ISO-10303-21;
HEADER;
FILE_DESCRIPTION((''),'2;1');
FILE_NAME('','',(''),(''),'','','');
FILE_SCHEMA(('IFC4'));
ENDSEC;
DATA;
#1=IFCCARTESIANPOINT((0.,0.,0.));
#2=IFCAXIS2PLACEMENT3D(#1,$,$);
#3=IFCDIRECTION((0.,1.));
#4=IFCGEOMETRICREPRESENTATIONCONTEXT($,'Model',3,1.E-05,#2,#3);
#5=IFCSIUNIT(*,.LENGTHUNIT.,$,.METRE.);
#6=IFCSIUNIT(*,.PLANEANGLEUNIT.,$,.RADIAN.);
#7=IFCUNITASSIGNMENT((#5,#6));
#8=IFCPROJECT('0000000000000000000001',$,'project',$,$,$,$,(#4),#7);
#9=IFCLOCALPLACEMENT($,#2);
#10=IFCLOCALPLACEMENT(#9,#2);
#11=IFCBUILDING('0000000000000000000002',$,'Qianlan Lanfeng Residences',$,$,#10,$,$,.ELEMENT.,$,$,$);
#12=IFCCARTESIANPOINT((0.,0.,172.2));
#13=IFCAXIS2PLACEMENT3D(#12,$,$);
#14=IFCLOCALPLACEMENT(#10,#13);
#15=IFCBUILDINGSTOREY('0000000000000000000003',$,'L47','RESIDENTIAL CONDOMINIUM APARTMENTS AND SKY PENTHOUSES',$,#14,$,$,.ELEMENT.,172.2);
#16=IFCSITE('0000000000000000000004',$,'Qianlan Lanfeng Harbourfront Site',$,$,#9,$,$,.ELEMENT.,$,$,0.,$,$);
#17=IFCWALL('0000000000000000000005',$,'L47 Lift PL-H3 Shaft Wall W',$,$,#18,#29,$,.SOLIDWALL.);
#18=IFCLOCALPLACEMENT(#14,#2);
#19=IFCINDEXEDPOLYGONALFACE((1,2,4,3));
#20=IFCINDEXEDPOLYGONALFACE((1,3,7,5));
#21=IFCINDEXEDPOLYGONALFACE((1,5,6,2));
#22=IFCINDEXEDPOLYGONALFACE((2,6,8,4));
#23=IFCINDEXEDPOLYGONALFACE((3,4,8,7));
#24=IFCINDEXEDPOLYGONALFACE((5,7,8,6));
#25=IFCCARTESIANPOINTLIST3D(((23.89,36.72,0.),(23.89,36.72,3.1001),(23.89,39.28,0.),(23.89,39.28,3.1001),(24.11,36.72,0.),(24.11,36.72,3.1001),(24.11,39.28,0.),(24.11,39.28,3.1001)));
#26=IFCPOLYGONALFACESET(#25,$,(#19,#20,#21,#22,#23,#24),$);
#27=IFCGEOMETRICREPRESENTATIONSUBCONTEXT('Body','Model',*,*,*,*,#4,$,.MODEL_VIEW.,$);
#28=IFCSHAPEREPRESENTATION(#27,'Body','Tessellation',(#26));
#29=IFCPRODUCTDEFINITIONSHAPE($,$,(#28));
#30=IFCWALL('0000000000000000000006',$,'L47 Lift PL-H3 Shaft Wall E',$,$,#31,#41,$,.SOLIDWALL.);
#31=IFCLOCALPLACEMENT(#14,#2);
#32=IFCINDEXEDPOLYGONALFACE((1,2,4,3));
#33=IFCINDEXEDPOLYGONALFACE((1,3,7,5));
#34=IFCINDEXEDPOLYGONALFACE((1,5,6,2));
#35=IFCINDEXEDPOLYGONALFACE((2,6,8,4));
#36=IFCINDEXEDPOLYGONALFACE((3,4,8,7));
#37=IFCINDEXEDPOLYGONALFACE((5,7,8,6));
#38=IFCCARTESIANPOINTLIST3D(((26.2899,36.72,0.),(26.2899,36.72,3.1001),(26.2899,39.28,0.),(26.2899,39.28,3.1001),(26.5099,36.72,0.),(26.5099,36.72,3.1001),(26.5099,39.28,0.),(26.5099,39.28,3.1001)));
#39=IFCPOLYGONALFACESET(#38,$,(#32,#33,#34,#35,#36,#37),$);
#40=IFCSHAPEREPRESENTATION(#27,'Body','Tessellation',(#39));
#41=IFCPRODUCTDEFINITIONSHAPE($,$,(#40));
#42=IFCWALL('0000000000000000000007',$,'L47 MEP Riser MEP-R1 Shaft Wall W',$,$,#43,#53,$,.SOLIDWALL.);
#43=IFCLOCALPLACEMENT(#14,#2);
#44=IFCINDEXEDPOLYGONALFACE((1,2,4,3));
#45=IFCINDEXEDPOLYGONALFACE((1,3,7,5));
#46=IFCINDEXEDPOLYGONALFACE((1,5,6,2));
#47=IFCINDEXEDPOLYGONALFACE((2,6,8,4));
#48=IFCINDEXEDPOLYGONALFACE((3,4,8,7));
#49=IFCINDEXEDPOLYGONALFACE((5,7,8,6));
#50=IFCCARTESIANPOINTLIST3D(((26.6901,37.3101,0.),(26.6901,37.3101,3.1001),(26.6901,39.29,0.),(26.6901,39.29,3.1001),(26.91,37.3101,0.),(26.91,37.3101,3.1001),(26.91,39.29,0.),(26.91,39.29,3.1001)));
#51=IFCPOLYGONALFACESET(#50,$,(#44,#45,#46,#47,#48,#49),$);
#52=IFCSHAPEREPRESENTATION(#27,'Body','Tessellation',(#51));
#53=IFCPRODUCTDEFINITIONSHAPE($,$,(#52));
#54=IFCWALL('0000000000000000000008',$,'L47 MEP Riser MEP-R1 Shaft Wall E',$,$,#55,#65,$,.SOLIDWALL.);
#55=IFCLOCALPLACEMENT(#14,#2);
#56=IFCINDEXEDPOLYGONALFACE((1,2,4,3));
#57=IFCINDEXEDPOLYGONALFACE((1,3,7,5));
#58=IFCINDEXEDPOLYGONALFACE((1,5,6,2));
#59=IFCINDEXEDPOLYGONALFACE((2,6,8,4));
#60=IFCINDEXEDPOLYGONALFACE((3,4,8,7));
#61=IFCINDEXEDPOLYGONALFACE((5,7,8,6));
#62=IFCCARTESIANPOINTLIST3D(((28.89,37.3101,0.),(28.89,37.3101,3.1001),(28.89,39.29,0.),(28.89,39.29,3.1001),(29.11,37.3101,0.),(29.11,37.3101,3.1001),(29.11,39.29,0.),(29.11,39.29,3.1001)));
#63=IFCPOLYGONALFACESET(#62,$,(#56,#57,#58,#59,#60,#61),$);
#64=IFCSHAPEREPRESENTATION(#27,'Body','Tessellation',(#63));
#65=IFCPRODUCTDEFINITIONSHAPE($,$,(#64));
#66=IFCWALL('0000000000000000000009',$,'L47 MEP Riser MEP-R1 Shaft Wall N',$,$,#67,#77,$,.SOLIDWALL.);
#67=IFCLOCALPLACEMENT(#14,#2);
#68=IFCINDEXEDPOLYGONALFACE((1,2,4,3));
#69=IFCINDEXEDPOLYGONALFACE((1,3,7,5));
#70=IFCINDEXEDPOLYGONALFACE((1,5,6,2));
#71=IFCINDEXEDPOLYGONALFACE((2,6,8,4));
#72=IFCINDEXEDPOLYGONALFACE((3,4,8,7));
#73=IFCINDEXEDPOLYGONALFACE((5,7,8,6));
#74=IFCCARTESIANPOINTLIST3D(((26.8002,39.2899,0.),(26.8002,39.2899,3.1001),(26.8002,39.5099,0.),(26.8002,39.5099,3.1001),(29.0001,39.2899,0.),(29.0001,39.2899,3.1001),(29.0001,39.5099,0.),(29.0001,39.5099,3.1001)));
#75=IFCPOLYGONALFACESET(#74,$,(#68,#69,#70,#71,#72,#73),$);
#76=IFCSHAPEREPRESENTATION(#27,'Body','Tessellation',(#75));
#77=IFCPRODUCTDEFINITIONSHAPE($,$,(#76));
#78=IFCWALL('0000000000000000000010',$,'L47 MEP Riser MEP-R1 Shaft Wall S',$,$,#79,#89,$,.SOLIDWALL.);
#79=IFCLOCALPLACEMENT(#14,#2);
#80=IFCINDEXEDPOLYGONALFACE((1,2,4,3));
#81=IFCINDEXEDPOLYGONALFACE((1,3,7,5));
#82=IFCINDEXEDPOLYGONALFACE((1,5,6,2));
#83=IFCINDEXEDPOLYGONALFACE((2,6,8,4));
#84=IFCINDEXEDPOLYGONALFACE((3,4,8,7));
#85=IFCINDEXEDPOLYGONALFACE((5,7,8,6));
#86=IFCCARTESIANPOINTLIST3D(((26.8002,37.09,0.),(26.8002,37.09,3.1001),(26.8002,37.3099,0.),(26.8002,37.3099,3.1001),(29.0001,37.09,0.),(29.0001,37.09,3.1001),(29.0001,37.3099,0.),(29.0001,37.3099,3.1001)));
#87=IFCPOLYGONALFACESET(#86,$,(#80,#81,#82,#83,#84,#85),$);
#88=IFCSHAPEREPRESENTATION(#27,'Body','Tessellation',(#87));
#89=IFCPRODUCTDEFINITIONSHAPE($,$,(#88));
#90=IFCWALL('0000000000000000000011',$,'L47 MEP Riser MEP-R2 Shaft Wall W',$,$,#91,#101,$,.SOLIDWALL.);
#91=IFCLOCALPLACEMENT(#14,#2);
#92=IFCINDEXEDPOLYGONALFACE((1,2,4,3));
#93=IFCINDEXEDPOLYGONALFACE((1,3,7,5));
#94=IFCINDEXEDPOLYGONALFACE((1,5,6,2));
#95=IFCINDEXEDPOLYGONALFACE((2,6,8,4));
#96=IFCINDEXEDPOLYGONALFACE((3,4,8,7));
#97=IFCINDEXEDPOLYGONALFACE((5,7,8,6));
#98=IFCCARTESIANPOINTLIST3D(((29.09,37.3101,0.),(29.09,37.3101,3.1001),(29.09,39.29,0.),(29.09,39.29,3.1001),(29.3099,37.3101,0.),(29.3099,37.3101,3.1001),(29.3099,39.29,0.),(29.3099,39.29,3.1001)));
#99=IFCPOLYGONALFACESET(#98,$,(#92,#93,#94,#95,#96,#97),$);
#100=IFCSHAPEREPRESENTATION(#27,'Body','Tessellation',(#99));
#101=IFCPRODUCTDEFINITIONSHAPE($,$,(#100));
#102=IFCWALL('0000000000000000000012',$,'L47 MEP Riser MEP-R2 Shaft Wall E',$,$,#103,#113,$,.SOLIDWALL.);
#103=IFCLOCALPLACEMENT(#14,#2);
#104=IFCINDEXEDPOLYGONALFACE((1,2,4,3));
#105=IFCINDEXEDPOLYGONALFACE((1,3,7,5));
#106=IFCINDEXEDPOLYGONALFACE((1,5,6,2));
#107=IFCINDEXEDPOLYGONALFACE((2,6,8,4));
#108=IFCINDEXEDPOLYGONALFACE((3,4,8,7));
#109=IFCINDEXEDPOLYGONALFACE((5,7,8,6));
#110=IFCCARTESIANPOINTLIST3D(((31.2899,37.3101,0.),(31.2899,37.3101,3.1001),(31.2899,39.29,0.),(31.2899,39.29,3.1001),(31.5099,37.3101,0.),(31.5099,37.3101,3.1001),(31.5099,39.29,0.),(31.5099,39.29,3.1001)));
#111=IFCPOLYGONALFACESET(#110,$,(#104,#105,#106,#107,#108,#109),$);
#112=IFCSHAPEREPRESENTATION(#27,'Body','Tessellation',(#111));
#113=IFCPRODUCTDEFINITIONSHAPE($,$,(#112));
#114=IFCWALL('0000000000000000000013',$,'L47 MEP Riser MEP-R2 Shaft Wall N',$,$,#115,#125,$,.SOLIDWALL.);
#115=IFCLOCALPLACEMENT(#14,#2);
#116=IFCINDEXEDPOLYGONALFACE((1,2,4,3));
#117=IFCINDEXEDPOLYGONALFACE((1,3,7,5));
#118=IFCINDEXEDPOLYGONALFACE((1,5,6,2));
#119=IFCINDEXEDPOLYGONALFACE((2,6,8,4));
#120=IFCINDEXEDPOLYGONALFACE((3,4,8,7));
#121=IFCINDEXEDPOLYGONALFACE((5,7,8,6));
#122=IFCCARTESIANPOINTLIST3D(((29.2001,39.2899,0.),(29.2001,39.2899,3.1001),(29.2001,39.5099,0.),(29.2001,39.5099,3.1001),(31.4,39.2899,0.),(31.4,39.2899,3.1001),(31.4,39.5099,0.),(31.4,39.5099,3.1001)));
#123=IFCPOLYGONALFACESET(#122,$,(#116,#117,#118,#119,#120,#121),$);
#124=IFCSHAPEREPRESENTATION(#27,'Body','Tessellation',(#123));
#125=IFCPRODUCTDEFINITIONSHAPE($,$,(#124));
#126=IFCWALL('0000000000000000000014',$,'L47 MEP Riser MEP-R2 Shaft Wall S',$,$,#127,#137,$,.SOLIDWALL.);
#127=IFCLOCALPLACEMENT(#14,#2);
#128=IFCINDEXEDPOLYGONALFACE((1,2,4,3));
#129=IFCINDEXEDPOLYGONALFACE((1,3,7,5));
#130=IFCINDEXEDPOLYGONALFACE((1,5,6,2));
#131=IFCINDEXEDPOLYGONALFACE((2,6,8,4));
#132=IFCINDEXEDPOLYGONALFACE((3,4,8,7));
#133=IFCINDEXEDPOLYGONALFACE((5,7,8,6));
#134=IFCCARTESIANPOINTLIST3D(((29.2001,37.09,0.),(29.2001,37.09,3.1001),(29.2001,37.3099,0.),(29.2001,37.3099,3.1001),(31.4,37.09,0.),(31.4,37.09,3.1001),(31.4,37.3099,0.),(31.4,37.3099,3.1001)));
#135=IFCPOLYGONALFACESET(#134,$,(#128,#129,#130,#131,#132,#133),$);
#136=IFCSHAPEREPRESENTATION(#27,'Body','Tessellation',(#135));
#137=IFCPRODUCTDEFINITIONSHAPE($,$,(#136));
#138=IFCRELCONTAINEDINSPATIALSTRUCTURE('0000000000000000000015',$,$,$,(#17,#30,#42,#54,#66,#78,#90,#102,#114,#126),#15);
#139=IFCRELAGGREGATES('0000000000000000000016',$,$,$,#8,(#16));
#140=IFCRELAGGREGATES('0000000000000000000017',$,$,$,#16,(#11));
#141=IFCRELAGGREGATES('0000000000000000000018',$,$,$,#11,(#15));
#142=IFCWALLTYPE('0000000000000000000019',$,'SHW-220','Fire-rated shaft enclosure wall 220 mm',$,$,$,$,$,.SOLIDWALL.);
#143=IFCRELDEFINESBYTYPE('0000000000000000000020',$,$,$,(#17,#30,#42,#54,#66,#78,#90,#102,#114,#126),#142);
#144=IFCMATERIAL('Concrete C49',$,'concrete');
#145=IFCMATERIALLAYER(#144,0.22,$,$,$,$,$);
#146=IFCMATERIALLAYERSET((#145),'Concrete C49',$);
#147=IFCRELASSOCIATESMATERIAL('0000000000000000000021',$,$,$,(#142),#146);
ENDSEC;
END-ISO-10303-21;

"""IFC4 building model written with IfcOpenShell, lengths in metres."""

from ifc_helpers import new_model, si_unit, direction, frame, frame_2d, origin, place, context, subcontext, project, spatial, rectangle, extrude, material, layer, layer_set, type_object, element, save


model = new_model("IFC4")

# Units and contexts
model_context = context("Model", 3, precision=1e-05, world=origin(), true_north=direction((0.0, 1.0)))
body_context = subcontext(model_context, "Body", "Model", "MODEL_VIEW")
ifc_project = project(units=[si_unit("LENGTHUNIT", "METRE"), si_unit("PLANEANGLEUNIT", "RADIAN")], contexts=[model_context])

# Site, building, storey
site_placement = place(None, origin())
site = spatial("IfcSite", under=ifc_project, at=site_placement, Name="Qianlan Lanfeng Harbourfront Site", CompositionType="ELEMENT", RefElevation=0.0)
building_placement = place(site_placement, origin())
building = spatial("IfcBuilding", under=site, at=building_placement, Name="Qianlan Lanfeng Residences", CompositionType="ELEMENT")
storey_placement = place(building_placement, frame((0.0, 0.0, 172.2)))
storey = spatial("IfcBuildingStorey", under=building, at=storey_placement, Name="L47", Description="RESIDENTIAL CONDOMINIUM APARTMENTS AND SKY PENTHOUSES", CompositionType="ELEMENT", Elevation=172.2)

# Walls
ifc_material_1 = material(Name="Concrete C49", Category="concrete")
ifc_layer_1 = layer(ifc_material_1, 0.22)
ifc_layer_set_1 = layer_set([ifc_layer_1], Name="Concrete C49")
wall_type_1 = type_object("IfcWallType", Name="SHW-220", Description="Fire-rated shaft enclosure wall 220 mm", PredefinedType="SOLIDWALL", material=ifc_layer_set_1)
for number, where, z_axis, x_axis, name in (
    (1, (24.0, 36.72, 0.0), (0.0, 0.0, 1.0), (0.0, 1.0, 0.0), "L47 Lift PL-H3 Shaft Wall W"),
    (2, (26.3999, 36.72, 0.0), (0.0, 0.0, 1.0), (0.0, 1.0, 0.0), "L47 Lift PL-H3 Shaft Wall E"),
):
    element("IfcWall", number, at=place(storey_placement, frame(where, z_axis=z_axis, x_axis=x_axis)), inside=storey, type_object=wall_type_1, Name=name, PredefinedType="SOLIDWALL", context=body_context, shape_type="SweptSolid", body=[
        extrude(rectangle(XDim=2.5601, YDim=0.22, at=frame_2d((1.28, 0.0))), origin(), (0.0, 0.0, 1.0), 3.1001),
    ])
for number, where, z_axis, x_axis, name in (
    (3, (26.8, 37.3101, 0.0), (0.0, 0.0, 1.0), (0.0, 1.0, 0.0), "L47 MEP Riser MEP-R1 Shaft Wall W"),
    (4, (29.0, 37.3101, 0.0), (0.0, 0.0, 1.0), (0.0, 1.0, 0.0), "L47 MEP Riser MEP-R1 Shaft Wall E"),
):
    element("IfcWall", number, at=place(storey_placement, frame(where, z_axis=z_axis, x_axis=x_axis)), inside=storey, type_object=wall_type_1, Name=name, PredefinedType="SOLIDWALL", context=body_context, shape_type="SweptSolid", body=[
        extrude(rectangle(XDim=1.98, YDim=0.22, at=frame_2d((0.99, 0.0))), origin(), (0.0, 0.0, 1.0), 3.1001),
    ])
for number, where, z_axis, x_axis, name in (
    (5, (26.8, 39.3999, 0.0), (0.0, 0.0, 1.0), (1.0, 0.0, 0.0), "L47 MEP Riser MEP-R1 Shaft Wall N"),
    (6, (26.8, 37.2, 0.0), (0.0, 0.0, 1.0), (1.0, 0.0, 0.0), "L47 MEP Riser MEP-R1 Shaft Wall S"),
):
    element("IfcWall", number, at=place(storey_placement, frame(where, z_axis=z_axis, x_axis=x_axis)), inside=storey, type_object=wall_type_1, Name=name, PredefinedType="SOLIDWALL", context=body_context, shape_type="SweptSolid", body=[
        extrude(rectangle(XDim=2.2, YDim=0.22, at=frame_2d((1.1001, 0.0))), origin(), (0.0, 0.0, 1.0), 3.1001),
    ])
for number, where, z_axis, x_axis, name in (
    (7, (29.2, 37.3101, 0.0), (0.0, 0.0, 1.0), (0.0, 1.0, 0.0), "L47 MEP Riser MEP-R2 Shaft Wall W"),
    (8, (31.3999, 37.3101, 0.0), (0.0, 0.0, 1.0), (0.0, 1.0, 0.0), "L47 MEP Riser MEP-R2 Shaft Wall E"),
):
    element("IfcWall", number, at=place(storey_placement, frame(where, z_axis=z_axis, x_axis=x_axis)), inside=storey, type_object=wall_type_1, Name=name, PredefinedType="SOLIDWALL", context=body_context, shape_type="SweptSolid", body=[
        extrude(rectangle(XDim=1.98, YDim=0.22, at=frame_2d((0.99, 0.0))), origin(), (0.0, 0.0, 1.0), 3.1001),
    ])
for number, where, z_axis, x_axis, name in (
    (9, (29.2, 39.3999, 0.0), (0.0, 0.0, 1.0), (1.0, 0.0, 0.0), "L47 MEP Riser MEP-R2 Shaft Wall N"),
    (10, (29.2, 37.2, 0.0), (0.0, 0.0, 1.0), (1.0, 0.0, 0.0), "L47 MEP Riser MEP-R2 Shaft Wall S"),
):
    element("IfcWall", number, at=place(storey_placement, frame(where, z_axis=z_axis, x_axis=x_axis)), inside=storey, type_object=wall_type_1, Name=name, PredefinedType="SOLIDWALL", context=body_context, shape_type="SweptSolid", body=[
        extrude(rectangle(XDim=2.2, YDim=0.22, at=frame_2d((1.1001, 0.0))), origin(), (0.0, 0.0, 1.0), 3.1001),
    ])

save(model, "model.ifc")
